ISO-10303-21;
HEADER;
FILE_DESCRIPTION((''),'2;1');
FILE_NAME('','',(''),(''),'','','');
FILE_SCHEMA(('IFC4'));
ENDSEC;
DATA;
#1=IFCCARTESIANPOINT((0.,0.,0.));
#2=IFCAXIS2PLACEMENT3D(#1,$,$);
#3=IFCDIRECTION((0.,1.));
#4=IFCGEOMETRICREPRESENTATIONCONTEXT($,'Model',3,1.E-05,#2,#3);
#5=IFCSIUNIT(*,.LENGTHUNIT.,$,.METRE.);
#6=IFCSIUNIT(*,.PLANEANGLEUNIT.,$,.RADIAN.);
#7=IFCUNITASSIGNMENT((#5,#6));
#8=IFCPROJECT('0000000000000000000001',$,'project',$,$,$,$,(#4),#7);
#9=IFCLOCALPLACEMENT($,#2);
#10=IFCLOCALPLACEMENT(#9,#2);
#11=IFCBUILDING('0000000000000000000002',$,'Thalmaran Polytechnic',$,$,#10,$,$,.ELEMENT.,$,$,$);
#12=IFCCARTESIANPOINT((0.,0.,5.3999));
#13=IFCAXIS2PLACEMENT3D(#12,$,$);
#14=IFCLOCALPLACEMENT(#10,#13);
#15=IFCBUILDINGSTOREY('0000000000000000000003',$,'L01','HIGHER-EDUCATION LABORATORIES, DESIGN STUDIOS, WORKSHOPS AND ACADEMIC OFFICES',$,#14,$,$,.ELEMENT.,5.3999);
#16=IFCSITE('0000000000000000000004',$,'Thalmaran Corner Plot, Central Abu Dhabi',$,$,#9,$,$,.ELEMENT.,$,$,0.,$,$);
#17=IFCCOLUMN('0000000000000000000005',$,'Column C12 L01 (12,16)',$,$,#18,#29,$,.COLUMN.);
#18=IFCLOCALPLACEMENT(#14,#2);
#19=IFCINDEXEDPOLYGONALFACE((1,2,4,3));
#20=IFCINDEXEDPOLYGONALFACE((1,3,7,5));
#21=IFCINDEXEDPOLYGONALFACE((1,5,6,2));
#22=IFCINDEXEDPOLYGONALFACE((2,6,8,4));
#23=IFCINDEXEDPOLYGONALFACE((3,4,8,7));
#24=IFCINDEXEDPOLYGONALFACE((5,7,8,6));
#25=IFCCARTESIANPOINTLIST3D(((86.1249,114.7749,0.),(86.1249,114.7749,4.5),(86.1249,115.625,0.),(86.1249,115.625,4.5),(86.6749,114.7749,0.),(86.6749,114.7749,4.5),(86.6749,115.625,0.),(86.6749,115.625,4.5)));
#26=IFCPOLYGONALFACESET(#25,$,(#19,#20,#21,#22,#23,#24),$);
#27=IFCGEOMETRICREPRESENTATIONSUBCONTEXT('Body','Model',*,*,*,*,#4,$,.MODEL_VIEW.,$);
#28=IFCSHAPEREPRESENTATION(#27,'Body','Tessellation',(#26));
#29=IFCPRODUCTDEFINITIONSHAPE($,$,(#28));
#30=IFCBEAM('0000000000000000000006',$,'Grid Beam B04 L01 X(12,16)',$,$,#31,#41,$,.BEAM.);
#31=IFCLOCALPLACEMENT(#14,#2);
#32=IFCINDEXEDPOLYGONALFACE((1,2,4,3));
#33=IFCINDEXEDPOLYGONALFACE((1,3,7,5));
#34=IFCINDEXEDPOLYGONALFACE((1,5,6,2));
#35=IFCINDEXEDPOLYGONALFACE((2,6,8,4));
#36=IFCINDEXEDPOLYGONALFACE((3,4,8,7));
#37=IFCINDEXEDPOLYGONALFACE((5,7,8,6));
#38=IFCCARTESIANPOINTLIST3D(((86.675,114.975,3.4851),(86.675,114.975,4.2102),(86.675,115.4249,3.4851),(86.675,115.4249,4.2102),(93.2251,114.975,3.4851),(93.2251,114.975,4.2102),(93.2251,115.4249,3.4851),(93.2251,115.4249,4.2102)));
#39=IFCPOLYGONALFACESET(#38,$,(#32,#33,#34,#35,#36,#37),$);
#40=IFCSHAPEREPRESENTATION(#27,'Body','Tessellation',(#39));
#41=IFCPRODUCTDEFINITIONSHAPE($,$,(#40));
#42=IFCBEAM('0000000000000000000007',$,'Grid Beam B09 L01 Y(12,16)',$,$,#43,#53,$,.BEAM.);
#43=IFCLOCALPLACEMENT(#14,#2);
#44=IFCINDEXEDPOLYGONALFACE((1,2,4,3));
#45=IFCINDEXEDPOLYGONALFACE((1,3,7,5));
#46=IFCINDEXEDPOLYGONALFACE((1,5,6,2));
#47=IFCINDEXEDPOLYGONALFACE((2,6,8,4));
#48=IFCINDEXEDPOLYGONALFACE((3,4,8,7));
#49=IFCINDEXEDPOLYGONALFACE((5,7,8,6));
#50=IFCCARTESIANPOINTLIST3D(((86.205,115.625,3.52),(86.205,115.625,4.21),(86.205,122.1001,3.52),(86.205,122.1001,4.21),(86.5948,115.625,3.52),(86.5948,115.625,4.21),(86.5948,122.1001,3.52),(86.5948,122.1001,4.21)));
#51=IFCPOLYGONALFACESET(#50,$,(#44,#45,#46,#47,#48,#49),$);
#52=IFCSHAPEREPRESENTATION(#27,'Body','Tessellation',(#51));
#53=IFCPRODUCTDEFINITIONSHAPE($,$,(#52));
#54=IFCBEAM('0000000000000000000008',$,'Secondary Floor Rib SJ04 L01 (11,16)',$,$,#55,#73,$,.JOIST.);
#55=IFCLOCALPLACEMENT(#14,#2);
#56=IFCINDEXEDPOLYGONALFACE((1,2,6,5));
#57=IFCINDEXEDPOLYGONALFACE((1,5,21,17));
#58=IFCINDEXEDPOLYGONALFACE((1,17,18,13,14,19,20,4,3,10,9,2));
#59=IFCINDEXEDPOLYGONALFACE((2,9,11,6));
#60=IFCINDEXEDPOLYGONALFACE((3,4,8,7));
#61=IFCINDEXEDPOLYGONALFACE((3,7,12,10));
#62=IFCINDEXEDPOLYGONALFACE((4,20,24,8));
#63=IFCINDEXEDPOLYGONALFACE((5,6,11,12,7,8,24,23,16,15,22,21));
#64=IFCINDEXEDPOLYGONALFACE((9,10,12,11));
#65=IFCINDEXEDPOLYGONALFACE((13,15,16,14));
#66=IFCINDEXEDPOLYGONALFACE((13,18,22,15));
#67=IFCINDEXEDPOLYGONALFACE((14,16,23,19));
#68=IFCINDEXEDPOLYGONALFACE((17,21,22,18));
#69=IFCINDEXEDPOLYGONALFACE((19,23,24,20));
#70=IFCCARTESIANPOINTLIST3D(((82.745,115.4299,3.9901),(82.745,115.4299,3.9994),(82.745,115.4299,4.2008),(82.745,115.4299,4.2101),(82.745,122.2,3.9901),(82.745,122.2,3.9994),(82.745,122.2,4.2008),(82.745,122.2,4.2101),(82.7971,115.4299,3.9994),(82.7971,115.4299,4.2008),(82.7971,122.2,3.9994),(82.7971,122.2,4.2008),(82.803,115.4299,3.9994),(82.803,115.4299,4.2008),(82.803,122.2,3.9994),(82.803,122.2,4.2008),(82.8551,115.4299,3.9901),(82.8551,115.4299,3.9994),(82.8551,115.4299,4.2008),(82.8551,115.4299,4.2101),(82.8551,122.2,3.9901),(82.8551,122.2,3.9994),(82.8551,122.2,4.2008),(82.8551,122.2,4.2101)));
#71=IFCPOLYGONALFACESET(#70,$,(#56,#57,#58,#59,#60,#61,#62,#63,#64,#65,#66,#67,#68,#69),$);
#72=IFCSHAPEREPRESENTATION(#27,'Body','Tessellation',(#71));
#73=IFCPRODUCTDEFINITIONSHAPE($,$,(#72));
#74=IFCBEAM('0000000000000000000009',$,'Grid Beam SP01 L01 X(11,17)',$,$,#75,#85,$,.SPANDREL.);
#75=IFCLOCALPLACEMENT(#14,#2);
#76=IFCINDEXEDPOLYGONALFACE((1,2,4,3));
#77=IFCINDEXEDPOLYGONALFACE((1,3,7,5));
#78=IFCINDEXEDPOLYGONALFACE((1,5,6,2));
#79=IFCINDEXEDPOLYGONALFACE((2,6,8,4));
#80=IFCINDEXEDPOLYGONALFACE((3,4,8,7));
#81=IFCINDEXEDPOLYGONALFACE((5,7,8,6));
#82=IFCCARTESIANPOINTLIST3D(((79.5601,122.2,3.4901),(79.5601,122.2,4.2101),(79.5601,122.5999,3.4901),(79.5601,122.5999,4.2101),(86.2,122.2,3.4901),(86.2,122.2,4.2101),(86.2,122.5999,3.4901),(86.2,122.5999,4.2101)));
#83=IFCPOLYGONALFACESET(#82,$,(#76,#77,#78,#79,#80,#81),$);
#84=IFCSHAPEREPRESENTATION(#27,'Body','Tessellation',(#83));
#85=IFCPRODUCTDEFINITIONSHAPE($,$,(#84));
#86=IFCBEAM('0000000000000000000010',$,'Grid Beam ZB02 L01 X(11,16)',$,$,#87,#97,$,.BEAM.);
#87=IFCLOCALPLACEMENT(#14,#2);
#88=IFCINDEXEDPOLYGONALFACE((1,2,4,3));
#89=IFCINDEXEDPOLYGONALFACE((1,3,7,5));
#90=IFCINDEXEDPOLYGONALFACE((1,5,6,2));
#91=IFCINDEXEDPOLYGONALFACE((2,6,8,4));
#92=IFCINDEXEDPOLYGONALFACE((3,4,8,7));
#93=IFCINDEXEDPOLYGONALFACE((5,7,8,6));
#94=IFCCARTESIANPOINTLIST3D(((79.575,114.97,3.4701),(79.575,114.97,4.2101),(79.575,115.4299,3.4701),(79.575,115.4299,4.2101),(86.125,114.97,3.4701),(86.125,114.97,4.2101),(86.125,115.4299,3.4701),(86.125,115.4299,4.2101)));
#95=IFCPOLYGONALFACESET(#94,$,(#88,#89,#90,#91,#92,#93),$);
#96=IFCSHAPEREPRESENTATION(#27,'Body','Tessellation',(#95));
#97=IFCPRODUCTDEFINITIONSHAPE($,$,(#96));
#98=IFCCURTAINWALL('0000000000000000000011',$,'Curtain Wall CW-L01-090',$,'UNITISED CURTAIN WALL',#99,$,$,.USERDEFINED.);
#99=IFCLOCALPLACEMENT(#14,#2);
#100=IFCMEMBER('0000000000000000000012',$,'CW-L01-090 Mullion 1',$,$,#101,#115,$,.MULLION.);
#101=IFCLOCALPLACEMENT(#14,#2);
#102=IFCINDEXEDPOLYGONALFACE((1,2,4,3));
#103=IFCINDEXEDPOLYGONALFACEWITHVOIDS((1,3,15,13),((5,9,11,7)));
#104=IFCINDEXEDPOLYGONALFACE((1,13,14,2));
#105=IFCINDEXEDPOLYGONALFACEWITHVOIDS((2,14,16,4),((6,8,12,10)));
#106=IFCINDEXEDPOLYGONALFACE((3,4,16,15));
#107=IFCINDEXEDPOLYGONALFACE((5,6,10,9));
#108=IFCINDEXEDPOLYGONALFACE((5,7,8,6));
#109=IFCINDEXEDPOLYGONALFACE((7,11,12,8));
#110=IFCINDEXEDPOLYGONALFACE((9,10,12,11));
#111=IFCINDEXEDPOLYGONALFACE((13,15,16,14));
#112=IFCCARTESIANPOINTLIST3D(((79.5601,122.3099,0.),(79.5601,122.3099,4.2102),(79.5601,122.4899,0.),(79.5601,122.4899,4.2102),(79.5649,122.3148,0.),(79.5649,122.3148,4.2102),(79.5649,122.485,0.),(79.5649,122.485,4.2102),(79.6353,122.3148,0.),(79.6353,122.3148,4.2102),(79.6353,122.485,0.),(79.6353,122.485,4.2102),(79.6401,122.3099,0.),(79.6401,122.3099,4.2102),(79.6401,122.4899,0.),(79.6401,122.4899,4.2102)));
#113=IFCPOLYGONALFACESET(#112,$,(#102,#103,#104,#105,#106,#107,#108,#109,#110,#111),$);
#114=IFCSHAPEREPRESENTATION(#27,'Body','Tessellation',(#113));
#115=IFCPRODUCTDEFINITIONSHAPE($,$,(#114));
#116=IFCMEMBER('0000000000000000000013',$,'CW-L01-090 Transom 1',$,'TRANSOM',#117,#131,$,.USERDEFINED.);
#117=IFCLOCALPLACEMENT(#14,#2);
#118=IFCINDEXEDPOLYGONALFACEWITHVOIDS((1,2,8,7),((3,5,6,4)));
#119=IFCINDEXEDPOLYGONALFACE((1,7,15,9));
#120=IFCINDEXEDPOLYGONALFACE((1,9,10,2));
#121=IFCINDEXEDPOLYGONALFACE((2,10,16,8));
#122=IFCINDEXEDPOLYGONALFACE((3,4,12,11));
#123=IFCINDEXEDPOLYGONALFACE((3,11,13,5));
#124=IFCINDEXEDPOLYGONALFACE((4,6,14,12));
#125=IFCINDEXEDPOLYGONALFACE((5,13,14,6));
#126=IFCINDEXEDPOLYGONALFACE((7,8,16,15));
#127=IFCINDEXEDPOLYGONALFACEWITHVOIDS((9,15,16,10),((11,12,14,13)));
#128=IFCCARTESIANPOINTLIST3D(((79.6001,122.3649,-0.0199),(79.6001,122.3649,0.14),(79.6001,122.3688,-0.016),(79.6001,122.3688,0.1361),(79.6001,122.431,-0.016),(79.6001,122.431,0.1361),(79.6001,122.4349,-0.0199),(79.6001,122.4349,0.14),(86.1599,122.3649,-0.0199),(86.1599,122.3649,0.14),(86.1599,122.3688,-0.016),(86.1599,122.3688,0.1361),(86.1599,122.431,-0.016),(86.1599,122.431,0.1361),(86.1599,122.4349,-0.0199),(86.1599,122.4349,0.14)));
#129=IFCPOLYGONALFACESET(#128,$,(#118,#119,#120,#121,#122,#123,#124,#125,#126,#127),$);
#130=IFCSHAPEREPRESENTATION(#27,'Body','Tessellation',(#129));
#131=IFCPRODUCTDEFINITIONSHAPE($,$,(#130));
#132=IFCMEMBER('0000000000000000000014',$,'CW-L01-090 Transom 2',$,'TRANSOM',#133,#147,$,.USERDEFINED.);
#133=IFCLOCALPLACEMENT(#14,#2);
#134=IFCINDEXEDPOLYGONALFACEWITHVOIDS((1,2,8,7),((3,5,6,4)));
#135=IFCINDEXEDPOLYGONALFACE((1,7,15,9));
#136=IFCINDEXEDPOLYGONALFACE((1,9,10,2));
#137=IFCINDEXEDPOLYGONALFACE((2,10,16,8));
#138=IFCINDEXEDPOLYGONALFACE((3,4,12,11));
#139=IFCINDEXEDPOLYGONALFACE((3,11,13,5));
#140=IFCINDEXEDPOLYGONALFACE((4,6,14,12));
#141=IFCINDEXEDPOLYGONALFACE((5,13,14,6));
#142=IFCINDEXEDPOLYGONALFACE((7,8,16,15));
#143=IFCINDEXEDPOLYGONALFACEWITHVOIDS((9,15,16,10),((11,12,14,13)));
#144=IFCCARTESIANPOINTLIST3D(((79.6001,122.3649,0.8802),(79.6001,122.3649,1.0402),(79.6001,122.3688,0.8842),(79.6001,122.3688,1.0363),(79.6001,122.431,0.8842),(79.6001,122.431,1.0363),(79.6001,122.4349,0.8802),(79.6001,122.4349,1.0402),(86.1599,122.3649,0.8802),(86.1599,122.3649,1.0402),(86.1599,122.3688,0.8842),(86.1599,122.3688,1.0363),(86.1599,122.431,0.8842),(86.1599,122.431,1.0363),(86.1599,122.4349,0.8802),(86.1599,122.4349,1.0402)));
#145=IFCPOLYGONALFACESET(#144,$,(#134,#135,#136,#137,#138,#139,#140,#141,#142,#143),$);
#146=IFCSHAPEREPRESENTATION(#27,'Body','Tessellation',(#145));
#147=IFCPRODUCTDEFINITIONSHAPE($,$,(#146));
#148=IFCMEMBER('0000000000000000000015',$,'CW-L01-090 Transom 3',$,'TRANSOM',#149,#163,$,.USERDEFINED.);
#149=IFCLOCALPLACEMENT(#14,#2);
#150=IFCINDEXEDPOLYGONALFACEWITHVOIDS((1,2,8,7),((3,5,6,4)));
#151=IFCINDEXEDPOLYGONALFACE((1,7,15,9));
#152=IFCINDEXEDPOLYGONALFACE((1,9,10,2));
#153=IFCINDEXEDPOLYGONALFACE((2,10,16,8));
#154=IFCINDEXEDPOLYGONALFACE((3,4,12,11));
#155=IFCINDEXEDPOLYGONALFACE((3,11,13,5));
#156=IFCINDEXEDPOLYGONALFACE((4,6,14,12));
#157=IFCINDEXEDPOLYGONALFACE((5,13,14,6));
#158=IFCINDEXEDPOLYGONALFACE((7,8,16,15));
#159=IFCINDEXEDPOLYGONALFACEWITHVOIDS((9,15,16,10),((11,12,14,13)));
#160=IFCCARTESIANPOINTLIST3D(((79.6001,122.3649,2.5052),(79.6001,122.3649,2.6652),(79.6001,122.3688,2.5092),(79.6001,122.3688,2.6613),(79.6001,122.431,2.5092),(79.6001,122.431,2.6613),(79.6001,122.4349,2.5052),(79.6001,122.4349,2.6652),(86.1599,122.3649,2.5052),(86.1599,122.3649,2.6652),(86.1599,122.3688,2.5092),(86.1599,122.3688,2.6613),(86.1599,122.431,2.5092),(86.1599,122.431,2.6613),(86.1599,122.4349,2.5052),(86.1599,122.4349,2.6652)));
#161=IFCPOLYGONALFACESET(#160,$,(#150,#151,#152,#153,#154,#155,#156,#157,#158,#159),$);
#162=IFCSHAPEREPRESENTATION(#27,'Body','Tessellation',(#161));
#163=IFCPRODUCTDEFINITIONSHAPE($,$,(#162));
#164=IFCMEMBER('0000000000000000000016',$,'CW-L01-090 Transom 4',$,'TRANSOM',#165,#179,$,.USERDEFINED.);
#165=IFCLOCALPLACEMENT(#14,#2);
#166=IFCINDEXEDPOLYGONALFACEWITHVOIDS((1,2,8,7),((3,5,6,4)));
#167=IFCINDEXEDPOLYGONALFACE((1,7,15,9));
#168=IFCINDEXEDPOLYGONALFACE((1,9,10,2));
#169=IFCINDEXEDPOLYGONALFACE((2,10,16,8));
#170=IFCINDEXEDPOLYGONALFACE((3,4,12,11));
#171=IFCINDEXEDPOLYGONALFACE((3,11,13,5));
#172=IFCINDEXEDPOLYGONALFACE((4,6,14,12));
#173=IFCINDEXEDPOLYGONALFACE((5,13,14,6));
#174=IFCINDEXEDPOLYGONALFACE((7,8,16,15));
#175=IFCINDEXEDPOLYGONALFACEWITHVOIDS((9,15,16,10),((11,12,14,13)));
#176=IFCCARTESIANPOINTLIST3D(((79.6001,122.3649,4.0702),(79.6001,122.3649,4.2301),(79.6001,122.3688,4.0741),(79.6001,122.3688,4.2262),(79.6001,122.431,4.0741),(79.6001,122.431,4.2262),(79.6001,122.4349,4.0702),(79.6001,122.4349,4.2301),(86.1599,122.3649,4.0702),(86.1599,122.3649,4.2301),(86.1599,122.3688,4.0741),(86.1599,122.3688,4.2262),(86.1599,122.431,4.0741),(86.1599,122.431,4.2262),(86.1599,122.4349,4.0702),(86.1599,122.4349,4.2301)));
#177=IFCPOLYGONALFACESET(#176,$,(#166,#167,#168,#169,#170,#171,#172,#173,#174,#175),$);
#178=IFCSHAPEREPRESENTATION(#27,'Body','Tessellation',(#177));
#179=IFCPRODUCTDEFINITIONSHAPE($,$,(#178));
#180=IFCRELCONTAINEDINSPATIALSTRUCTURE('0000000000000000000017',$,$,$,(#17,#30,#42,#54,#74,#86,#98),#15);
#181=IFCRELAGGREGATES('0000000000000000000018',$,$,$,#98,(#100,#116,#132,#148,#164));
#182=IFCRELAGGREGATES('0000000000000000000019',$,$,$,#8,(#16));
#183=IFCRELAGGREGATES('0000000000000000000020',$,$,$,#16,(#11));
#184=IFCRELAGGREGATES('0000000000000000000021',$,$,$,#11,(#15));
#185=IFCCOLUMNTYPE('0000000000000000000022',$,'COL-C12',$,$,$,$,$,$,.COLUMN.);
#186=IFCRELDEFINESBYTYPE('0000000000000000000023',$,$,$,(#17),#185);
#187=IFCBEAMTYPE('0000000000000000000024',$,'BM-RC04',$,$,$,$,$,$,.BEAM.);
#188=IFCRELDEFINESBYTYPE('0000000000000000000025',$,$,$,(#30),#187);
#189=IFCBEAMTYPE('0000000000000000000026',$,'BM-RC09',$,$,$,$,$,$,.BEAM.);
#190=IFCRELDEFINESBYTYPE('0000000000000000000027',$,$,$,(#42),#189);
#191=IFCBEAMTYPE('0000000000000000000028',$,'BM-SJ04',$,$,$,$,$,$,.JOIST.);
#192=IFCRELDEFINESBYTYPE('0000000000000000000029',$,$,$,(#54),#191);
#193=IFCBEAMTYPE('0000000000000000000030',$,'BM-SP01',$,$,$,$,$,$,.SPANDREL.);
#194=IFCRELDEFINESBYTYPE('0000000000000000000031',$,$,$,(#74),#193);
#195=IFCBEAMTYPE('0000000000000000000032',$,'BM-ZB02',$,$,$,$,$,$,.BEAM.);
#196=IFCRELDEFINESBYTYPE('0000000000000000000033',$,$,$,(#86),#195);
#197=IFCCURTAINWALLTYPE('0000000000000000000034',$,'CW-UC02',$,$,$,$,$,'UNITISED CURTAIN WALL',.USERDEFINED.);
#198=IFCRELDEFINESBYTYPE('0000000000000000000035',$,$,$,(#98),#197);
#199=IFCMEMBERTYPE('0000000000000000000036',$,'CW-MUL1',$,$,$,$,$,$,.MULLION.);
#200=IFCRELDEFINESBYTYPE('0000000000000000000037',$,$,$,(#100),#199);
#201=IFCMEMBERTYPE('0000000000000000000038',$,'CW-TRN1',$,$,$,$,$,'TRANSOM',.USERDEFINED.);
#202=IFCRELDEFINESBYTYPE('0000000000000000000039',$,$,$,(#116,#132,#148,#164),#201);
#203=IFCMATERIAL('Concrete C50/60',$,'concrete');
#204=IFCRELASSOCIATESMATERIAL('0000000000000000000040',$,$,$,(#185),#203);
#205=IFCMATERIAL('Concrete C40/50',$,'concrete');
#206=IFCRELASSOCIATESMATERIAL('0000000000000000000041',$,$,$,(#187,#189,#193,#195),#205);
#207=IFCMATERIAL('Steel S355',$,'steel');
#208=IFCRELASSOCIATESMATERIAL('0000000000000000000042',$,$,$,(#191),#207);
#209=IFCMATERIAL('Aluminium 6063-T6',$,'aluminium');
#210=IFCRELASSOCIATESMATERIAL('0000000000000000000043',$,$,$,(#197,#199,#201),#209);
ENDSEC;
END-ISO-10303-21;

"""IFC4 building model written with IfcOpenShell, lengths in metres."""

from ifc_helpers import new_model, si_unit, direction, frame, origin, origin_2d, place, context, subcontext, project, spatial, rectangle, hollow_rectangle, i_section, extrude, material, material_profile, profile_set, type_object, element, aggregate, save


model = new_model("IFC4")

# Units and contexts
model_context = context("Model", 3, precision=1e-05, world=origin(), true_north=direction((0.0, 1.0)))
body_context = subcontext(model_context, "Body", "Model", "MODEL_VIEW")
ifc_project = project(units=[si_unit("LENGTHUNIT", "METRE"), si_unit("PLANEANGLEUNIT", "RADIAN")], contexts=[model_context])

# Site, building, storey
site_placement = place(None, origin())
site = spatial("IfcSite", under=ifc_project, at=site_placement, Name="Thalmaran Corner Plot, Central Abu Dhabi", CompositionType="ELEMENT", RefElevation=0.0)
building_placement = place(site_placement, origin())
building = spatial("IfcBuilding", under=site, at=building_placement, Name="Thalmaran Polytechnic", CompositionType="ELEMENT")
storey_placement = place(building_placement, frame((0.0, 0.0, 5.3999)))
storey = spatial("IfcBuildingStorey", under=building, at=storey_placement, Name="L01", Description="HIGHER-EDUCATION LABORATORIES, DESIGN STUDIOS, WORKSHOPS AND ACADEMIC OFFICES", CompositionType="ELEMENT", Elevation=5.3999)

# Column
ifc_material_1 = material(Name="Concrete C50/60", Category="concrete")
ifc_material_profile_1 = material_profile(ifc_material_1, rectangle(XDim=0.55, YDim=0.8501, at=origin_2d()), Name="RC 550x850")
ifc_profile_set_1 = profile_set([ifc_material_profile_1], Name="Concrete C50/60")
column_type = type_object("IfcColumnType", Name="COL-C12", PredefinedType="COLUMN", material=ifc_profile_set_1)
column_placement = place(storey_placement, frame((86.3999, 115.2, 0.0), z_axis=(0.0, 0.0, 1.0), x_axis=(1.0, 0.0, 0.0)))
element("IfcColumn", 1, at=column_placement, inside=storey, type_object=column_type, Name="Column C12 L01 (12,16)", PredefinedType="COLUMN", context=body_context, shape_type="SweptSolid", body=[
    extrude(rectangle(XDim=0.55, YDim=0.8501, at=origin_2d()), origin(), (0.0, 0.0, 1.0), 4.5),
])

# Beams
ifc_material_2 = material(Name="Concrete C40/50", Category="concrete")
ifc_material_profile_2 = material_profile(ifc_material_2, rectangle(XDim=0.45, YDim=0.7251, at=origin_2d()), Name="RC 450x725")
ifc_profile_set_2 = profile_set([ifc_material_profile_2], Name="Concrete C40/50")
beam_type_1 = type_object("IfcBeamType", Name="BM-RC04", PredefinedType="BEAM", material=ifc_profile_set_2)
beam_1_placement = place(storey_placement, frame((86.675, 115.2, 3.8477), z_axis=(1.0, 0.0, 0.0), x_axis=(0.0, 1.0, 0.0)))
element("IfcBeam", 2, at=beam_1_placement, inside=storey, type_object=beam_type_1, Name="Grid Beam B04 L01 X(12,16)", PredefinedType="BEAM", context=body_context, shape_type="SweptSolid", body=[
    extrude(rectangle(XDim=0.45, YDim=0.7251, at=origin_2d()), origin(), (0.0, 0.0, 1.0), 6.55),
])
ifc_material_profile_3 = material_profile(ifc_material_2, rectangle(XDim=0.3899, YDim=0.6899, at=origin_2d()), Name="RC 390x690")
ifc_profile_set_3 = profile_set([ifc_material_profile_3], Name="Concrete C40/50")
beam_type_2 = type_object("IfcBeamType", Name="BM-RC09", PredefinedType="BEAM", material=ifc_profile_set_3)
beam_2_placement = place(storey_placement, frame((86.3999, 115.625, 3.865), z_axis=(0.0, 1.0, 0.0), x_axis=(-1.0, 0.0, 0.0)))
element("IfcBeam", 3, at=beam_2_placement, inside=storey, type_object=beam_type_2, Name="Grid Beam B09 L01 Y(12,16)", PredefinedType="BEAM", context=body_context, shape_type="SweptSolid", body=[
    extrude(rectangle(XDim=0.3899, YDim=0.6899, at=origin_2d()), origin(), (0.0, 0.0, 1.0), 6.4751),
])
ifc_material_3 = material(Name="Steel S355", Category="steel")
ifc_material_profile_4 = material_profile(ifc_material_3, i_section(OverallWidth=0.1101, OverallDepth=0.22, WebThickness=0.0059, FlangeThickness=0.0093, at=origin_2d()), Name="IPE 220")
ifc_profile_set_4 = profile_set([ifc_material_profile_4], Name="Steel S355")
beam_type_3 = type_object("IfcBeamType", Name="BM-SJ04", PredefinedType="JOIST", material=ifc_profile_set_4)
beam_3_placement = place(storey_placement, frame((82.8, 115.4299, 4.1001), z_axis=(0.0, 1.0, 0.0), x_axis=(-1.0, 0.0, 0.0)))
element("IfcBeam", 4, at=beam_3_placement, inside=storey, type_object=beam_type_3, Name="Secondary Floor Rib SJ04 L01 (11,16)", PredefinedType="JOIST", context=body_context, shape_type="SweptSolid", body=[
    extrude(i_section(OverallWidth=0.1101, OverallDepth=0.22, WebThickness=0.0059, FlangeThickness=0.0093, at=origin_2d()), origin(), (0.0, 0.0, 1.0), 6.77),
])
ifc_material_profile_5 = material_profile(ifc_material_2, rectangle(XDim=0.3999, YDim=0.72, at=origin_2d()), Name="RC 400x720")
ifc_profile_set_5 = profile_set([ifc_material_profile_5], Name="Concrete C40/50")
beam_type_4 = type_object("IfcBeamType", Name="BM-SP01", PredefinedType="SPANDREL", material=ifc_profile_set_5)
beam_4_placement = place(storey_placement, frame((79.5601, 122.3999, 3.8501), z_axis=(1.0, 0.0, 0.0), x_axis=(0.0, 1.0, 0.0)))
element("IfcBeam", 5, at=beam_4_placement, inside=storey, type_object=beam_type_4, Name="Grid Beam SP01 L01 X(11,17)", PredefinedType="SPANDREL", context=body_context, shape_type="SweptSolid", body=[
    extrude(rectangle(XDim=0.3999, YDim=0.72, at=origin_2d()), origin(), (0.0, 0.0, 1.0), 6.6399),
])
ifc_material_profile_6 = material_profile(ifc_material_2, rectangle(XDim=0.46, YDim=0.74, at=origin_2d()), Name="RC 460x740")
ifc_profile_set_6 = profile_set([ifc_material_profile_6], Name="Concrete C40/50")
beam_type_5 = type_object("IfcBeamType", Name="BM-ZB02", PredefinedType="BEAM", material=ifc_profile_set_6)
beam_5_placement = place(storey_placement, frame((79.575, 115.2, 3.8401), z_axis=(1.0, 0.0, 0.0), x_axis=(0.0, 1.0, 0.0)))
element("IfcBeam", 6, at=beam_5_placement, inside=storey, type_object=beam_type_5, Name="Grid Beam ZB02 L01 X(11,16)", PredefinedType="BEAM", context=body_context, shape_type="SweptSolid", body=[
    extrude(rectangle(XDim=0.46, YDim=0.74, at=origin_2d()), origin(), (0.0, 0.0, 1.0), 6.55),
])

# Curtain wall, members
ifc_material_4 = material(Name="Aluminium 6063-T6", Category="aluminium")
curtain_wall_type = type_object("IfcCurtainWallType", Name="CW-UC02", ElementType="UNITISED CURTAIN WALL", PredefinedType="USERDEFINED", material=ifc_material_4)
curtain_wall_placement = place(storey_placement, origin())
curtain_wall = element("IfcCurtainWall", 7, at=curtain_wall_placement, inside=storey, type_object=curtain_wall_type, Name="Curtain Wall CW-L01-090", ObjectType="UNITISED CURTAIN WALL", PredefinedType="USERDEFINED")
ifc_material_profile_7 = material_profile(ifc_material_4, hollow_rectangle(XDim=0.0801, YDim=0.1799, WallThickness=0.0049, at=origin_2d()), Name="RHS 180x80x5.0")
ifc_profile_set_7 = profile_set([ifc_material_profile_7], Name="Aluminium 6063-T6")
member_type_1 = type_object("IfcMemberType", Name="CW-MUL1", PredefinedType="MULLION", material=ifc_profile_set_7)
member_1_placement = place(storey_placement, frame((79.6001, 122.3999, 0.0), z_axis=(0.0, 0.0, 1.0), x_axis=(1.0, 0.0, 0.0)))
member_1 = element("IfcMember", 8, at=member_1_placement, type_object=member_type_1, Name="CW-L01-090 Mullion 1", PredefinedType="MULLION", context=body_context, shape_type="SweptSolid", body=[
    extrude(hollow_rectangle(XDim=0.0801, YDim=0.1799, WallThickness=0.0049, at=origin_2d()), origin(), (0.0, 0.0, 1.0), 4.2102),
])
ifc_material_profile_8 = material_profile(ifc_material_4, hollow_rectangle(XDim=0.0701, YDim=0.1599, WallThickness=0.0039, at=origin_2d()), Name="AL 160x70x4.0")
ifc_profile_set_8 = profile_set([ifc_material_profile_8], Name="Aluminium 6063-T6")
member_type_2 = type_object("IfcMemberType", Name="CW-TRN1", ElementType="TRANSOM", PredefinedType="USERDEFINED", material=ifc_profile_set_8)
member_2_placement = place(storey_placement, frame((79.6001, 122.3999, 0.0601), z_axis=(1.0, 0.0, 0.0), x_axis=(0.0, 1.0, 0.0)))
member_2 = element("IfcMember", 9, at=member_2_placement, type_object=member_type_2, Name="CW-L01-090 Transom 1", ObjectType="TRANSOM", PredefinedType="USERDEFINED", context=body_context, shape_type="SweptSolid", body=[
    extrude(hollow_rectangle(XDim=0.0701, YDim=0.1599, WallThickness=0.0039, at=origin_2d()), origin(), (0.0, 0.0, 1.0), 6.5598),
])
member_3_placement = place(storey_placement, frame((79.6001, 122.3999, 0.9602), z_axis=(1.0, 0.0, 0.0), x_axis=(0.0, 1.0, 0.0)))
member_3 = element("IfcMember", 10, at=member_3_placement, type_object=member_type_2, Name="CW-L01-090 Transom 2", ObjectType="TRANSOM", PredefinedType="USERDEFINED", context=body_context, shape_type="SweptSolid", body=[
    extrude(hollow_rectangle(XDim=0.0701, YDim=0.1599, WallThickness=0.0039, at=origin_2d()), origin(), (0.0, 0.0, 1.0), 6.5598),
])
member_4_placement = place(storey_placement, frame((79.6001, 122.3999, 2.5852), z_axis=(1.0, 0.0, 0.0), x_axis=(0.0, 1.0, 0.0)))
member_4 = element("IfcMember", 11, at=member_4_placement, type_object=member_type_2, Name="CW-L01-090 Transom 3", ObjectType="TRANSOM", PredefinedType="USERDEFINED", context=body_context, shape_type="SweptSolid", body=[
    extrude(hollow_rectangle(XDim=0.0701, YDim=0.1599, WallThickness=0.0039, at=origin_2d()), origin(), (0.0, 0.0, 1.0), 6.5598),
])
member_5_placement = place(storey_placement, frame((79.6001, 122.3999, 4.1501), z_axis=(1.0, 0.0, 0.0), x_axis=(0.0, 1.0, 0.0)))
member_5 = element("IfcMember", 12, at=member_5_placement, type_object=member_type_2, Name="CW-L01-090 Transom 4", ObjectType="TRANSOM", PredefinedType="USERDEFINED", context=body_context, shape_type="SweptSolid", body=[
    extrude(hollow_rectangle(XDim=0.0701, YDim=0.1599, WallThickness=0.0039, at=origin_2d()), origin(), (0.0, 0.0, 1.0), 6.5598),
])
aggregate(curtain_wall, [member_1, member_2, member_3, member_4, member_5])

save(model, "model.ifc")
